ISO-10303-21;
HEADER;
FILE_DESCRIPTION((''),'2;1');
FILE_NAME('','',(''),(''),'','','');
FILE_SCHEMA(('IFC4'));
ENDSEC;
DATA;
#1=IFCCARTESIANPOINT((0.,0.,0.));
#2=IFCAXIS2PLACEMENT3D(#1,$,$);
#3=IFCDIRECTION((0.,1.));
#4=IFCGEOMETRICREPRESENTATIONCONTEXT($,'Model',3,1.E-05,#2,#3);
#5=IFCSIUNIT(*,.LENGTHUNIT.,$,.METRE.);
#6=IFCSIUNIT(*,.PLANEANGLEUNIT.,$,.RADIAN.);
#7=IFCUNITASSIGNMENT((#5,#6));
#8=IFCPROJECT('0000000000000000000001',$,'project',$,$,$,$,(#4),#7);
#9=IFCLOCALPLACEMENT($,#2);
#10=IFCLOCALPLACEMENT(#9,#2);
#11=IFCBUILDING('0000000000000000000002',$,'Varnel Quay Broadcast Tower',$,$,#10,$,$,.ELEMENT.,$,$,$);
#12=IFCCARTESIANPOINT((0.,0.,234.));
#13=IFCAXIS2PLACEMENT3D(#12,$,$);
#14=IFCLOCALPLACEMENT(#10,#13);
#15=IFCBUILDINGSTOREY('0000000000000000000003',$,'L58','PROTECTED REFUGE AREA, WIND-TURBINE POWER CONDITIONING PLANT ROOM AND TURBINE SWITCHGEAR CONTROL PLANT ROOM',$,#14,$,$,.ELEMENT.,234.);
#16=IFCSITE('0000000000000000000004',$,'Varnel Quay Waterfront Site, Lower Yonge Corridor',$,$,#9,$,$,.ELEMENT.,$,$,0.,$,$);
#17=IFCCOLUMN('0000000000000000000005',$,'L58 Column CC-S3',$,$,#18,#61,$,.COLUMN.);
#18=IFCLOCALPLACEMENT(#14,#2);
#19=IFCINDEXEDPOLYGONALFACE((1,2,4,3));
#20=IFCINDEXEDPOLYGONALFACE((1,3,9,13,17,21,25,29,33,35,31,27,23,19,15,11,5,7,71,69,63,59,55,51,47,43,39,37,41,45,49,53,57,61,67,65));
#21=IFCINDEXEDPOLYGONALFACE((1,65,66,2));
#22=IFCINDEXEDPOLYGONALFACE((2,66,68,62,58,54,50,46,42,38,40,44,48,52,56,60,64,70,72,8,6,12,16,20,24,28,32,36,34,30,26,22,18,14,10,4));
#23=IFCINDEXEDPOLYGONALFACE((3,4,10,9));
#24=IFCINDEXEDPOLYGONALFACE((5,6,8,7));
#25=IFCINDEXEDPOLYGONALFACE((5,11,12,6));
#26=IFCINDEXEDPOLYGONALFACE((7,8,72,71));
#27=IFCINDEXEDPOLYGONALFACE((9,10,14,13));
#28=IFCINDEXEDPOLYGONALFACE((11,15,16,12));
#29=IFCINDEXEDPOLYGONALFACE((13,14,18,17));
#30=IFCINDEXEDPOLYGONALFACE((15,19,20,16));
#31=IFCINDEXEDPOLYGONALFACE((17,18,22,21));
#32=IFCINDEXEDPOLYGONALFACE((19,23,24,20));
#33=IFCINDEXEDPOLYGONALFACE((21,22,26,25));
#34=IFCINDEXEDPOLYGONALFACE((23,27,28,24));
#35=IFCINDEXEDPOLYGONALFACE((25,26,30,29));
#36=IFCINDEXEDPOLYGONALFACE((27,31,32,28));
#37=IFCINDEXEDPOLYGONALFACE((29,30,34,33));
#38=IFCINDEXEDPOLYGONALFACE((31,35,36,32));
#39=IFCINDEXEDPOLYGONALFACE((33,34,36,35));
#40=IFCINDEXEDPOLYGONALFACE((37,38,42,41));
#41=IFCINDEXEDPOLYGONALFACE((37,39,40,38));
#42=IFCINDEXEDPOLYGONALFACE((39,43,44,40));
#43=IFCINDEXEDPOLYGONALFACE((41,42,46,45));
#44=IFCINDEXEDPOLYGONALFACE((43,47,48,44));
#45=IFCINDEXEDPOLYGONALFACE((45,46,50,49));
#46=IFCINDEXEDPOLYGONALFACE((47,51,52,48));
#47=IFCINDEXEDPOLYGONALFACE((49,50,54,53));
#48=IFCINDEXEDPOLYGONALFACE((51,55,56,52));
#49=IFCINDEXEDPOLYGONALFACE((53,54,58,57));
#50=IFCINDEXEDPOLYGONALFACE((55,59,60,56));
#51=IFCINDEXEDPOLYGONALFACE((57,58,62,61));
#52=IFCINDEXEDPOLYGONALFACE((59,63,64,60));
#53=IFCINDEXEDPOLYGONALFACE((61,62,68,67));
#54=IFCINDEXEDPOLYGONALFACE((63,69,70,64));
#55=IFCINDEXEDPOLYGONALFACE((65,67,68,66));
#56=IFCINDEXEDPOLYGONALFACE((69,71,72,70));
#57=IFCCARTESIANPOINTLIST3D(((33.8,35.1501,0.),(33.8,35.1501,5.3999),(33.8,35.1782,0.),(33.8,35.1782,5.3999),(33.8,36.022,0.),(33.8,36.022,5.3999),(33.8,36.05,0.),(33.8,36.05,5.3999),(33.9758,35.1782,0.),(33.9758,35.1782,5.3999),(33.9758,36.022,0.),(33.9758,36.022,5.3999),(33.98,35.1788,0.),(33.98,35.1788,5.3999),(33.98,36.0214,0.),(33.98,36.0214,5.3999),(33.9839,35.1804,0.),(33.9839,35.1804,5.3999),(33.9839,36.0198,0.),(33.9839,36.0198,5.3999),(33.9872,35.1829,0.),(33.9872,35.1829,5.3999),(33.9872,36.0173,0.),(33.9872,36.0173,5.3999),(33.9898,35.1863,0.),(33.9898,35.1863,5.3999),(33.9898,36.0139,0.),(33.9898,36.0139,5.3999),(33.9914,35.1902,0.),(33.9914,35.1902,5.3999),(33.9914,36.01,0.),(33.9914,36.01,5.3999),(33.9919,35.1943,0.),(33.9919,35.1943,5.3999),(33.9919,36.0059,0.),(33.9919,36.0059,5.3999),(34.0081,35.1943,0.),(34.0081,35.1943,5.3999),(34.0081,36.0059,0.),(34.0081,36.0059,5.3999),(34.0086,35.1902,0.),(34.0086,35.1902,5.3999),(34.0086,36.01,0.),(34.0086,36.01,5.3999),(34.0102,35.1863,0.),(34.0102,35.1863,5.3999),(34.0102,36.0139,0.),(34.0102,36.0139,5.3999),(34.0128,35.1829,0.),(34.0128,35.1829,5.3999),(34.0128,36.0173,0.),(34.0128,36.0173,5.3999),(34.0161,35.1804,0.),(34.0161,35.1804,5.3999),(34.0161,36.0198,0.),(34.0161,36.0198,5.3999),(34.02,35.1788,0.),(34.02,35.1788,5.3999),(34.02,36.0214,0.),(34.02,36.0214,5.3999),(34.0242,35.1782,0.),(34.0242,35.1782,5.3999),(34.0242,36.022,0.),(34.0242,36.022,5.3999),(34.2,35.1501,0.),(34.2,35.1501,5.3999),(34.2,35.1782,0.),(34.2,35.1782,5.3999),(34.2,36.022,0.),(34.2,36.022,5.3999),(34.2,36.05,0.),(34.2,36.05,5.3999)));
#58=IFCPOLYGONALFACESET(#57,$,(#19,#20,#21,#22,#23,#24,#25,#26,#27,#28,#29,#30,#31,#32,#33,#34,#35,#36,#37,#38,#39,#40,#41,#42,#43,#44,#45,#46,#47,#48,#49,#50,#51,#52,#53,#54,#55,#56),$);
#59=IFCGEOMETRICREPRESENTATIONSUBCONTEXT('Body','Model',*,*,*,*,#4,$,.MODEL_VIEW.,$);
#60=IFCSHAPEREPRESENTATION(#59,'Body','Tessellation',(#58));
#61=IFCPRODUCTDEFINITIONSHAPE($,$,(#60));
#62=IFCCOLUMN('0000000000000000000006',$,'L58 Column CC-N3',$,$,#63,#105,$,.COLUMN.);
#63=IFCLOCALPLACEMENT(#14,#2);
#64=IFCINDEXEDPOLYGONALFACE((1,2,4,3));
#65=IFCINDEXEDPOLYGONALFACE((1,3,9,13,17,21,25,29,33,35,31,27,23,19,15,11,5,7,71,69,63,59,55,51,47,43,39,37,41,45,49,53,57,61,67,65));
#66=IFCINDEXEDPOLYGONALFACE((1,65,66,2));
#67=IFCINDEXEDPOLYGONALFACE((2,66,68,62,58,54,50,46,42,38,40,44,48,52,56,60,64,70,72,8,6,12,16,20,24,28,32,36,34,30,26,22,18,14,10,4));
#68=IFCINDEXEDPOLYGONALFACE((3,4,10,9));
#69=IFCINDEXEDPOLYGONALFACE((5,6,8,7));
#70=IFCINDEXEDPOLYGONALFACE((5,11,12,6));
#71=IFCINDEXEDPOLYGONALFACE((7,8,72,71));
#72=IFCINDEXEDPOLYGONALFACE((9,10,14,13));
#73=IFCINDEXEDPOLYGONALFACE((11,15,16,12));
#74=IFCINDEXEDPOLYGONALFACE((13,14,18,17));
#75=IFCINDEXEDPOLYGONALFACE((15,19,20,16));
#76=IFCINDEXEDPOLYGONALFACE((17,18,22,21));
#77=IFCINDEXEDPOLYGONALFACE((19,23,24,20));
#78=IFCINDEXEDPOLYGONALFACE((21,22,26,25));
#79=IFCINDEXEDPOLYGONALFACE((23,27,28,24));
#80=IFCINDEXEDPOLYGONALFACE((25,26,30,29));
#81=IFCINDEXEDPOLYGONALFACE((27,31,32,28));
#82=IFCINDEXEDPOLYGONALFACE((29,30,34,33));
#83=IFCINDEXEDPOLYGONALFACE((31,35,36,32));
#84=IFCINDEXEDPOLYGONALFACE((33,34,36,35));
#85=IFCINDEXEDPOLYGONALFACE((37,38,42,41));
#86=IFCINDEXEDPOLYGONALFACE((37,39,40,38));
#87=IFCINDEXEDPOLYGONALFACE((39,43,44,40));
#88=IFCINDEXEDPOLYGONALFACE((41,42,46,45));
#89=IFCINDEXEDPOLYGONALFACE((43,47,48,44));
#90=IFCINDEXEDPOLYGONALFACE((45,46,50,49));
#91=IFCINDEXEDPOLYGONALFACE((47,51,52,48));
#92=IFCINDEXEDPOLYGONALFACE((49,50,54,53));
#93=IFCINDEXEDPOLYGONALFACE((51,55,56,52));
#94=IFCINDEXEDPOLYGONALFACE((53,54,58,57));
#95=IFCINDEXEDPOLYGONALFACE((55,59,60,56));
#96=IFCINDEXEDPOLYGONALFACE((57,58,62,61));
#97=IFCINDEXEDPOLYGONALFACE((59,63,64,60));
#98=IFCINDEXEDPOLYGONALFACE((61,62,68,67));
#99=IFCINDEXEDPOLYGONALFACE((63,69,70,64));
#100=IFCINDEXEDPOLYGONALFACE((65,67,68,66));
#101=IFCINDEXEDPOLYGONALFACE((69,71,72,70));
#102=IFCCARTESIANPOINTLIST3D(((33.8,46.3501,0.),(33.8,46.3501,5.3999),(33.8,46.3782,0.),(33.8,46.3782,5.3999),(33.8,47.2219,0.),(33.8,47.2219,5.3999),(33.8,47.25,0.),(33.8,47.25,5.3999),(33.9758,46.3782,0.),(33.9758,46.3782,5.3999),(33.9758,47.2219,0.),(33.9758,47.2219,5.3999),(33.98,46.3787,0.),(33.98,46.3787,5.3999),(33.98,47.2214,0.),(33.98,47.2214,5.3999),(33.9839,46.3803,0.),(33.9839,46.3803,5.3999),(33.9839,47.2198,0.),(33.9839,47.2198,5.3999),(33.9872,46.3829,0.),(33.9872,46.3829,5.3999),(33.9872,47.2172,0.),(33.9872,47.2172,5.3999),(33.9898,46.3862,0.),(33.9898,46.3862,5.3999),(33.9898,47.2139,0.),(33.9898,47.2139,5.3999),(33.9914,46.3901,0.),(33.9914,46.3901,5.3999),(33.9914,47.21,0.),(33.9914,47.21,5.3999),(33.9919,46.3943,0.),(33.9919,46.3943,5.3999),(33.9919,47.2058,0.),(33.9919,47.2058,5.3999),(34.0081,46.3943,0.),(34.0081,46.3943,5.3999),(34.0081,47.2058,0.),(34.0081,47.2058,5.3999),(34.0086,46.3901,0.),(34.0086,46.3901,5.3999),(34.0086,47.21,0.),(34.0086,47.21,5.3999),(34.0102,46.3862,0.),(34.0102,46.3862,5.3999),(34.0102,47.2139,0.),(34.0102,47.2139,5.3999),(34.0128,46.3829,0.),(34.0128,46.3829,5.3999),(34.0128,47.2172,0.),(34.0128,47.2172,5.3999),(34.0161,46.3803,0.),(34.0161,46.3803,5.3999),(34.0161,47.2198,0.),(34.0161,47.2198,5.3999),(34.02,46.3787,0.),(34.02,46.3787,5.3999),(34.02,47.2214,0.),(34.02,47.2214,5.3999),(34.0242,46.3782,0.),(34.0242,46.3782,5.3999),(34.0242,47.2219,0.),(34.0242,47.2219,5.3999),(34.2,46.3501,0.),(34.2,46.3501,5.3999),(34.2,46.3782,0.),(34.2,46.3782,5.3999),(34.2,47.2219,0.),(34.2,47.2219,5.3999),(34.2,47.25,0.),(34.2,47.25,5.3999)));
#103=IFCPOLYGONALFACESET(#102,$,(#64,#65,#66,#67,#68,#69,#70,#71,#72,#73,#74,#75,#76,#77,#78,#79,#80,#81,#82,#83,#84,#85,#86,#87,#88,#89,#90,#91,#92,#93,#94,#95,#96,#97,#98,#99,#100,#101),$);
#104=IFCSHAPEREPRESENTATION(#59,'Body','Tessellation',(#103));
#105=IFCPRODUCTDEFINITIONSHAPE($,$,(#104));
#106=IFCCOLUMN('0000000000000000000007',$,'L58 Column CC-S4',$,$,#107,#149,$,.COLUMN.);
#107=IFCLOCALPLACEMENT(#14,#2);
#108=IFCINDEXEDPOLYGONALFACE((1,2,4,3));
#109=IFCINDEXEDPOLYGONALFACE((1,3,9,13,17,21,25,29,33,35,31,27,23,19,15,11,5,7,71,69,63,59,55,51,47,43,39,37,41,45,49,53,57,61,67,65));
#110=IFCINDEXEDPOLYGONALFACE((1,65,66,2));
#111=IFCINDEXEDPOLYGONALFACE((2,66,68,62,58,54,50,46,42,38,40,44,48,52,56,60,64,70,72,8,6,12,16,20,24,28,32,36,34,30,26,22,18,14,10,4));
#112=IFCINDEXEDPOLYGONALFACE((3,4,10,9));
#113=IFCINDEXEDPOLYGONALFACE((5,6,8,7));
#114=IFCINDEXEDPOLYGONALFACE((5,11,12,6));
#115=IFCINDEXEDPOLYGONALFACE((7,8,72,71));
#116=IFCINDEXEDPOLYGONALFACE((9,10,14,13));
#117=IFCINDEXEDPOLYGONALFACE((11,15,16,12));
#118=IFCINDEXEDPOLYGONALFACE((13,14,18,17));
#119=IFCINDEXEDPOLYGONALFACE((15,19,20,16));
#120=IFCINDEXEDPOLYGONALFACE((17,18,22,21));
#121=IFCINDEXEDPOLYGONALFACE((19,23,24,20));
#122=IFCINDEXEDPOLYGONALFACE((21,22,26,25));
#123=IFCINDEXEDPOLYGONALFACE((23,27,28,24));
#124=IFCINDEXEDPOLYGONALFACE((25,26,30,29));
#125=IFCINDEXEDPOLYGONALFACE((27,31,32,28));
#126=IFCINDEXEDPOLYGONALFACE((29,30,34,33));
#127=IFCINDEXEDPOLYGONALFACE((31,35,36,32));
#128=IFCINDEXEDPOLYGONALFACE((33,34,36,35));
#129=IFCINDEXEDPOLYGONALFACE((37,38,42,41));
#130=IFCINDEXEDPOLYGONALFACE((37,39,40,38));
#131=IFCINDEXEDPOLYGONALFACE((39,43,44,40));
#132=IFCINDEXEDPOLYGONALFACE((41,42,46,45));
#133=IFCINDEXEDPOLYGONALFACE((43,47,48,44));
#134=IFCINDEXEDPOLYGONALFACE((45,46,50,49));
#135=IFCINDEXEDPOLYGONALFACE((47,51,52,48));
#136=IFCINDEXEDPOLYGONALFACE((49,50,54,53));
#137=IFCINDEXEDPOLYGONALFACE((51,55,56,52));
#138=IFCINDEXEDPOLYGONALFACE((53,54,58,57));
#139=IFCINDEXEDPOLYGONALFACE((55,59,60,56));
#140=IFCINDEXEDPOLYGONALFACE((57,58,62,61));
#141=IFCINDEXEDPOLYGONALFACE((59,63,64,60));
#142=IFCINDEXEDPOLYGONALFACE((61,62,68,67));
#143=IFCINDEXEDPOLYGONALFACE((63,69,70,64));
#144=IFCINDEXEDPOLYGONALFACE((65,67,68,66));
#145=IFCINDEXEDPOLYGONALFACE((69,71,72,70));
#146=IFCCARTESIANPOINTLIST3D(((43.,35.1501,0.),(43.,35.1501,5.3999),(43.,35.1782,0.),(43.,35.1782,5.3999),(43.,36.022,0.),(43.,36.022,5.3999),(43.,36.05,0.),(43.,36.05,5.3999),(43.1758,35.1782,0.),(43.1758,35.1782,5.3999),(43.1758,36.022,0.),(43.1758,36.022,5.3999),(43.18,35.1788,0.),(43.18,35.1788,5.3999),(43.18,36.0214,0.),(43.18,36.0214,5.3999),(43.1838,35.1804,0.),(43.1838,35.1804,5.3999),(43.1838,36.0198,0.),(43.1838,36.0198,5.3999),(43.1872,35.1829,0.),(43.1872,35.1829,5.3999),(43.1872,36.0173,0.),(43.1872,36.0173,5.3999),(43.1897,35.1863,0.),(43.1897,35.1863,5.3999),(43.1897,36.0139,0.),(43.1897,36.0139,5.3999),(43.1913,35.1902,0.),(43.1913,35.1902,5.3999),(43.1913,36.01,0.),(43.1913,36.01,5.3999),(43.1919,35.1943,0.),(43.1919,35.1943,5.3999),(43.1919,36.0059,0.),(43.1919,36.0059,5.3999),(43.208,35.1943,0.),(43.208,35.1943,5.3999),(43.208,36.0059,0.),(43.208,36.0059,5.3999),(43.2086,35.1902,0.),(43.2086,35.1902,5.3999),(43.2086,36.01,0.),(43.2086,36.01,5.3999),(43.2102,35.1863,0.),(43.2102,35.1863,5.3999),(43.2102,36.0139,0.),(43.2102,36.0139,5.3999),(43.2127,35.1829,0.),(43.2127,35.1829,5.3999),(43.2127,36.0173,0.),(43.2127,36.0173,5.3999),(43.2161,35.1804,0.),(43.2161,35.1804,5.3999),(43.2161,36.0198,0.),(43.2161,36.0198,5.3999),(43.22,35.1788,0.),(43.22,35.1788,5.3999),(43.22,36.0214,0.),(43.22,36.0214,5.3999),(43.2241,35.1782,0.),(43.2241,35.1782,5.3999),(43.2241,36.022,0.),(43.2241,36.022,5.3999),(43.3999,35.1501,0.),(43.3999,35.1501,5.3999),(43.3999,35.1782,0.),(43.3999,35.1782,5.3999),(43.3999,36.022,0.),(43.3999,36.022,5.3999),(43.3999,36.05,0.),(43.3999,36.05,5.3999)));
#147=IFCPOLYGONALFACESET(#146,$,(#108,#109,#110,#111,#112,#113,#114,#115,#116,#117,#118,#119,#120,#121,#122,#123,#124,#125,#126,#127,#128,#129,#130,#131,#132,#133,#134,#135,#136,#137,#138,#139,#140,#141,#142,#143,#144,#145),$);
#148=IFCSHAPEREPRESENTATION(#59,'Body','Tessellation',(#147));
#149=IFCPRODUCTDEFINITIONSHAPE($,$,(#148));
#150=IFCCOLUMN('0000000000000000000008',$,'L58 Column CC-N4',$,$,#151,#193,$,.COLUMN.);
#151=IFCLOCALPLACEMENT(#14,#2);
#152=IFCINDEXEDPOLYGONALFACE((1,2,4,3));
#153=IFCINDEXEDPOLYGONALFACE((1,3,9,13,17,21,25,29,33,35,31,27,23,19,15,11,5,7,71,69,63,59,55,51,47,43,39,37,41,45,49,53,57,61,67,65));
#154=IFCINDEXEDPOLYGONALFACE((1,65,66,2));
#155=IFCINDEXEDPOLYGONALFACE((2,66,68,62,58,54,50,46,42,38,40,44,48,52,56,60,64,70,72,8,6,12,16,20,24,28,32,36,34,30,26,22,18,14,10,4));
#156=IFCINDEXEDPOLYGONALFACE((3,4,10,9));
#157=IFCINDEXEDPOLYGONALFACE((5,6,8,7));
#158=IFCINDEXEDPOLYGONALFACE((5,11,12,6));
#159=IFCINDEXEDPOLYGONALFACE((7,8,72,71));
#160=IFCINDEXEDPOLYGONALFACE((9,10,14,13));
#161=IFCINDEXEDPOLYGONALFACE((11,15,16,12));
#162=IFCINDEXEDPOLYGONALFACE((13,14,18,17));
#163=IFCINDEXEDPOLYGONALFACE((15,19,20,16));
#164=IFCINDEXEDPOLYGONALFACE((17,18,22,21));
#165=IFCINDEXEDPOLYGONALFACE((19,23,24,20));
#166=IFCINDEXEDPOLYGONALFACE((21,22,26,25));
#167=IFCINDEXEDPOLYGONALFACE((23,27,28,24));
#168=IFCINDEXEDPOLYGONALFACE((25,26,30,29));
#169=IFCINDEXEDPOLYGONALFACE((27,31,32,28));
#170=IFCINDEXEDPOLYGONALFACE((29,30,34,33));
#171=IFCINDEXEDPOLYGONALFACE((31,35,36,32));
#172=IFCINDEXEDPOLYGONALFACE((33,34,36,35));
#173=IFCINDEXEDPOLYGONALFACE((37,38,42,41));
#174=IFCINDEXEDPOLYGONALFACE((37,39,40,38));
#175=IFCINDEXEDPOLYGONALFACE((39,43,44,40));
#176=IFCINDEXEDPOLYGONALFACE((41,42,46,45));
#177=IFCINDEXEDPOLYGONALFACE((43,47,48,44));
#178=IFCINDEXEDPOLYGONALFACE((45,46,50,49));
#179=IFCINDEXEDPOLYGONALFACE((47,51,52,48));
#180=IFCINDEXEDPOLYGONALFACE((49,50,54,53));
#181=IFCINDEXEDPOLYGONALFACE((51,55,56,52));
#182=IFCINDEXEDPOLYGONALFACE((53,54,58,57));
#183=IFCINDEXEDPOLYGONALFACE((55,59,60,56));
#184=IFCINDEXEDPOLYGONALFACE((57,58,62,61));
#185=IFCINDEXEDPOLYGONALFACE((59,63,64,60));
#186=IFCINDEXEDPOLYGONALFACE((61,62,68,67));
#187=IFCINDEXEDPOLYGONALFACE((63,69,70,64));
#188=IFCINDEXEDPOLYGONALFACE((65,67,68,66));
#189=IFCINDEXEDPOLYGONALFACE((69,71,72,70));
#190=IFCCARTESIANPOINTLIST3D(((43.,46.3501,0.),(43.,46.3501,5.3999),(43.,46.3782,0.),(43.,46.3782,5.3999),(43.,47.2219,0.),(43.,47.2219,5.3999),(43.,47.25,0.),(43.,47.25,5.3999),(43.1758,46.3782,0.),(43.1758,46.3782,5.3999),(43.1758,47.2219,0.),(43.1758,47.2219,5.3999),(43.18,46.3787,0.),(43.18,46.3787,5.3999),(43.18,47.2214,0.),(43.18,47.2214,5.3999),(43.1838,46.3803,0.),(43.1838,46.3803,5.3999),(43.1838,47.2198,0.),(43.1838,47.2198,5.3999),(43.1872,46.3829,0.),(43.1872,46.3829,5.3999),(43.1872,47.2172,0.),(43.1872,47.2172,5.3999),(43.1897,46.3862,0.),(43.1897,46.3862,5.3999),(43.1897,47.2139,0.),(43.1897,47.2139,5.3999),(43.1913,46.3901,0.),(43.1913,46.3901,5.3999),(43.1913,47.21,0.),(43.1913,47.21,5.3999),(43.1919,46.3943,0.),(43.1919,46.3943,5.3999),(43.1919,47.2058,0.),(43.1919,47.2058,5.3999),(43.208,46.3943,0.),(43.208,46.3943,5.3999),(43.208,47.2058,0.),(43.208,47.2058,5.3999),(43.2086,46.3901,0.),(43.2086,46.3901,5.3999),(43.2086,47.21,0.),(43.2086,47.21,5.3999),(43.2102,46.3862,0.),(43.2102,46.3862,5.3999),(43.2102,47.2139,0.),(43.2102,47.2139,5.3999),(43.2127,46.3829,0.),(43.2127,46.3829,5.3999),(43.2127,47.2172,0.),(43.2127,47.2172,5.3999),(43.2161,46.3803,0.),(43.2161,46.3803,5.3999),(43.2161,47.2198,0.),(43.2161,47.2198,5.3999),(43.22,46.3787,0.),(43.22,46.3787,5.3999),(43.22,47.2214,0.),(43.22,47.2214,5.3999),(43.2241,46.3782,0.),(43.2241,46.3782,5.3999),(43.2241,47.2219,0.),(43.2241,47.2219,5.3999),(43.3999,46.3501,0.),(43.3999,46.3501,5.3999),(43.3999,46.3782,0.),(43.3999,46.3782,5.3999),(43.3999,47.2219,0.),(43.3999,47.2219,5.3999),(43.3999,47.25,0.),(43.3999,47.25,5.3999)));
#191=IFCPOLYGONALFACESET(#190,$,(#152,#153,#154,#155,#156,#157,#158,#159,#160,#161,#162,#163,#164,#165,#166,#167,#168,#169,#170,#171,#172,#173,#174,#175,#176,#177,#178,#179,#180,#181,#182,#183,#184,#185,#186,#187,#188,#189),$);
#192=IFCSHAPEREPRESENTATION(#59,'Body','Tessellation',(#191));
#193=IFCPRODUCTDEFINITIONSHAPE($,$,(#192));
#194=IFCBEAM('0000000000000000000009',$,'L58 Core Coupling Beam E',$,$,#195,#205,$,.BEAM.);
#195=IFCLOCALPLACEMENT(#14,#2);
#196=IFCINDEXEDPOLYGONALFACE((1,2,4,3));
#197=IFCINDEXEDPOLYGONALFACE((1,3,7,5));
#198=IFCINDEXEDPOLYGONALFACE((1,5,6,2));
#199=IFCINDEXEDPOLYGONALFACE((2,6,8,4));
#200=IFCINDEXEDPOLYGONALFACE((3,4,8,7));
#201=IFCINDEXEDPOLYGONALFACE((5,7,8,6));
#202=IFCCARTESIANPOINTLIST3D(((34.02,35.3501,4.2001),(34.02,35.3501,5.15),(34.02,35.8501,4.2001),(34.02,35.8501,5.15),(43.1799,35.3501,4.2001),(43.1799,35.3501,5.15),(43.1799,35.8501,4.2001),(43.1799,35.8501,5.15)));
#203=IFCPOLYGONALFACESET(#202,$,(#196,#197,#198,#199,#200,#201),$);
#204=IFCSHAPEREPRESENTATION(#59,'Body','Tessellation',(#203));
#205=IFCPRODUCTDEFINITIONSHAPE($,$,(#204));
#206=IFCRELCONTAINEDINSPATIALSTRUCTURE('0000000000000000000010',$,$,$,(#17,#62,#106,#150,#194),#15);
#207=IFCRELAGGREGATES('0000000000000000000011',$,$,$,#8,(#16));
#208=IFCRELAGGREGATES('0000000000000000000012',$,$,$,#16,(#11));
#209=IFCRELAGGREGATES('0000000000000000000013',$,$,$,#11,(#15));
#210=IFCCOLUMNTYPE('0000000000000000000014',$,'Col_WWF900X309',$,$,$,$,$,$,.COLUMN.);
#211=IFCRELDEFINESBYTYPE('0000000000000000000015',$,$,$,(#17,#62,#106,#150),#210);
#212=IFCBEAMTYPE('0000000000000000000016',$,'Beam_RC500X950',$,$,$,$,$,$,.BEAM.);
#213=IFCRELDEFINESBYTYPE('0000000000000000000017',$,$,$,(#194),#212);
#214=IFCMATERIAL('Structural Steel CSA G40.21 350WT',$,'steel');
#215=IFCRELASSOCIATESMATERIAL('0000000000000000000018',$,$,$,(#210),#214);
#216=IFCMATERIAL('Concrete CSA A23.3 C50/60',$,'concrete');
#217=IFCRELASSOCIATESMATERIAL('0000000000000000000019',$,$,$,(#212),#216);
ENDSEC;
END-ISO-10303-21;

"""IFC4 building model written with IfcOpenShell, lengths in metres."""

from ifc_helpers import new_model, si_unit, direction, frame, origin, origin_2d, place, context, subcontext, project, spatial, rectangle, i_section, extrude, source, transform, mapped, material, material_profile, profile_set, type_object, type_shapes, element, save


model = new_model("IFC4")

# Units and contexts
model_context = context("Model", 3, precision=1e-05, world=origin(), true_north=direction((0.0, 1.0)))
body_context = subcontext(model_context, "Body", "Model", "MODEL_VIEW")
ifc_project = project(units=[si_unit("LENGTHUNIT", "METRE"), si_unit("PLANEANGLEUNIT", "RADIAN")], contexts=[model_context])

# Site, building, storey
site_placement = place(None, origin())
site = spatial("IfcSite", under=ifc_project, at=site_placement, Name="Varnel Quay Waterfront Site, Lower Yonge Corridor", CompositionType="ELEMENT", RefElevation=0.0)
building_placement = place(site_placement, origin())
building = spatial("IfcBuilding", under=site, at=building_placement, Name="Varnel Quay Broadcast Tower", CompositionType="ELEMENT")
storey_placement = place(building_placement, frame((0.0, 0.0, 234.0)))
storey = spatial("IfcBuildingStorey", under=building, at=storey_placement, Name="L58", Description="PROTECTED REFUGE AREA, WIND-TURBINE POWER CONDITIONING PLANT ROOM AND TURBINE SWITCHGEAR CONTROL PLANT ROOM", CompositionType="ELEMENT", Elevation=234.0)

# Columns
ifc_material_1 = material(Name="Structural Steel CSA G40.21 350WT", Category="steel")
ifc_material_profile_1 = material_profile(ifc_material_1, i_section(OverallWidth=0.3999, OverallDepth=0.8999, WebThickness=0.0161, FlangeThickness=0.0281, FilletRadius=0.0161, at=origin_2d()), Name="WWF900X309")
ifc_profile_set_1 = profile_set([ifc_material_profile_1], Name="Structural Steel CSA G40.21 350WT")
column_type = type_object("IfcColumnType", Name="Col_WWF900X309", PredefinedType="COLUMN", material=ifc_profile_set_1)
shared_shape_1 = source(origin(), body_context, "Body", "SweptSolid", [
    extrude(i_section(OverallWidth=0.3999, OverallDepth=0.8999, WebThickness=0.0161, FlangeThickness=0.0281, FilletRadius=0.0161, at=origin_2d()), origin(), (0.0, 0.0, 1.0), 5.3999),
])
type_shapes(column_type, [shared_shape_1])
for number, where, z_axis, x_axis, name in (
    (1, (34.0, 35.6001, 0.0), (0.0, 0.0, 1.0), (1.0, 0.0, 0.0), "L58 Column CC-S3"),
    (2, (34.0, 46.8, 0.0), (0.0, 0.0, 1.0), (1.0, 0.0, 0.0), "L58 Column CC-N3"),
    (3, (43.2, 35.6001, 0.0), (0.0, 0.0, 1.0), (1.0, 0.0, 0.0), "L58 Column CC-S4"),
    (4, (43.2, 46.8, 0.0), (0.0, 0.0, 1.0), (1.0, 0.0, 0.0), "L58 Column CC-N4"),
):
    element("IfcColumn", number, at=place(storey_placement, frame(where, z_axis=z_axis, x_axis=x_axis)), inside=storey, type_object=column_type, Name=name, PredefinedType="COLUMN", context=body_context, shape_type="MappedRepresentation", body=[
        mapped(shared_shape_1, transform((0.0, 0.0, 0.0), x_axis=(1.0, 0.0, 0.0), y_axis=(0.0, 1.0, 0.0), z_axis=(0.0, 0.0, 1.0), scale=1.0)),
    ])

# Beam
ifc_material_2 = material(Name="Concrete CSA A23.3 C50/60", Category="concrete")
ifc_material_profile_2 = material_profile(ifc_material_2, rectangle(XDim=0.5, YDim=0.95, at=origin_2d()), Name="RC500X950")
ifc_profile_set_2 = profile_set([ifc_material_profile_2], Name="Concrete CSA A23.3 C50/60")
beam_type = type_object("IfcBeamType", Name="Beam_RC500X950", PredefinedType="BEAM", material=ifc_profile_set_2)
shared_shape_2 = source(origin(), body_context, "Body", "SweptSolid", [
    extrude(rectangle(XDim=0.5, YDim=0.95, at=origin_2d()), origin(), (0.0, 0.0, 1.0), 9.1599),
])
type_shapes(beam_type, [shared_shape_2])
beam_placement = place(storey_placement, frame((34.02, 35.6001, 4.675), z_axis=(1.0, 0.0, 0.0), x_axis=(0.0, 1.0, 0.0)))
element("IfcBeam", 5, at=beam_placement, inside=storey, type_object=beam_type, Name="L58 Core Coupling Beam E", PredefinedType="BEAM", context=body_context, shape_type="MappedRepresentation", body=[
    mapped(shared_shape_2, transform((0.0, 0.0, 0.0), x_axis=(1.0, 0.0, 0.0), y_axis=(0.0, 1.0, 0.0), z_axis=(0.0, 0.0, 1.0), scale=1.0)),
])

save(model, "model.ifc")
